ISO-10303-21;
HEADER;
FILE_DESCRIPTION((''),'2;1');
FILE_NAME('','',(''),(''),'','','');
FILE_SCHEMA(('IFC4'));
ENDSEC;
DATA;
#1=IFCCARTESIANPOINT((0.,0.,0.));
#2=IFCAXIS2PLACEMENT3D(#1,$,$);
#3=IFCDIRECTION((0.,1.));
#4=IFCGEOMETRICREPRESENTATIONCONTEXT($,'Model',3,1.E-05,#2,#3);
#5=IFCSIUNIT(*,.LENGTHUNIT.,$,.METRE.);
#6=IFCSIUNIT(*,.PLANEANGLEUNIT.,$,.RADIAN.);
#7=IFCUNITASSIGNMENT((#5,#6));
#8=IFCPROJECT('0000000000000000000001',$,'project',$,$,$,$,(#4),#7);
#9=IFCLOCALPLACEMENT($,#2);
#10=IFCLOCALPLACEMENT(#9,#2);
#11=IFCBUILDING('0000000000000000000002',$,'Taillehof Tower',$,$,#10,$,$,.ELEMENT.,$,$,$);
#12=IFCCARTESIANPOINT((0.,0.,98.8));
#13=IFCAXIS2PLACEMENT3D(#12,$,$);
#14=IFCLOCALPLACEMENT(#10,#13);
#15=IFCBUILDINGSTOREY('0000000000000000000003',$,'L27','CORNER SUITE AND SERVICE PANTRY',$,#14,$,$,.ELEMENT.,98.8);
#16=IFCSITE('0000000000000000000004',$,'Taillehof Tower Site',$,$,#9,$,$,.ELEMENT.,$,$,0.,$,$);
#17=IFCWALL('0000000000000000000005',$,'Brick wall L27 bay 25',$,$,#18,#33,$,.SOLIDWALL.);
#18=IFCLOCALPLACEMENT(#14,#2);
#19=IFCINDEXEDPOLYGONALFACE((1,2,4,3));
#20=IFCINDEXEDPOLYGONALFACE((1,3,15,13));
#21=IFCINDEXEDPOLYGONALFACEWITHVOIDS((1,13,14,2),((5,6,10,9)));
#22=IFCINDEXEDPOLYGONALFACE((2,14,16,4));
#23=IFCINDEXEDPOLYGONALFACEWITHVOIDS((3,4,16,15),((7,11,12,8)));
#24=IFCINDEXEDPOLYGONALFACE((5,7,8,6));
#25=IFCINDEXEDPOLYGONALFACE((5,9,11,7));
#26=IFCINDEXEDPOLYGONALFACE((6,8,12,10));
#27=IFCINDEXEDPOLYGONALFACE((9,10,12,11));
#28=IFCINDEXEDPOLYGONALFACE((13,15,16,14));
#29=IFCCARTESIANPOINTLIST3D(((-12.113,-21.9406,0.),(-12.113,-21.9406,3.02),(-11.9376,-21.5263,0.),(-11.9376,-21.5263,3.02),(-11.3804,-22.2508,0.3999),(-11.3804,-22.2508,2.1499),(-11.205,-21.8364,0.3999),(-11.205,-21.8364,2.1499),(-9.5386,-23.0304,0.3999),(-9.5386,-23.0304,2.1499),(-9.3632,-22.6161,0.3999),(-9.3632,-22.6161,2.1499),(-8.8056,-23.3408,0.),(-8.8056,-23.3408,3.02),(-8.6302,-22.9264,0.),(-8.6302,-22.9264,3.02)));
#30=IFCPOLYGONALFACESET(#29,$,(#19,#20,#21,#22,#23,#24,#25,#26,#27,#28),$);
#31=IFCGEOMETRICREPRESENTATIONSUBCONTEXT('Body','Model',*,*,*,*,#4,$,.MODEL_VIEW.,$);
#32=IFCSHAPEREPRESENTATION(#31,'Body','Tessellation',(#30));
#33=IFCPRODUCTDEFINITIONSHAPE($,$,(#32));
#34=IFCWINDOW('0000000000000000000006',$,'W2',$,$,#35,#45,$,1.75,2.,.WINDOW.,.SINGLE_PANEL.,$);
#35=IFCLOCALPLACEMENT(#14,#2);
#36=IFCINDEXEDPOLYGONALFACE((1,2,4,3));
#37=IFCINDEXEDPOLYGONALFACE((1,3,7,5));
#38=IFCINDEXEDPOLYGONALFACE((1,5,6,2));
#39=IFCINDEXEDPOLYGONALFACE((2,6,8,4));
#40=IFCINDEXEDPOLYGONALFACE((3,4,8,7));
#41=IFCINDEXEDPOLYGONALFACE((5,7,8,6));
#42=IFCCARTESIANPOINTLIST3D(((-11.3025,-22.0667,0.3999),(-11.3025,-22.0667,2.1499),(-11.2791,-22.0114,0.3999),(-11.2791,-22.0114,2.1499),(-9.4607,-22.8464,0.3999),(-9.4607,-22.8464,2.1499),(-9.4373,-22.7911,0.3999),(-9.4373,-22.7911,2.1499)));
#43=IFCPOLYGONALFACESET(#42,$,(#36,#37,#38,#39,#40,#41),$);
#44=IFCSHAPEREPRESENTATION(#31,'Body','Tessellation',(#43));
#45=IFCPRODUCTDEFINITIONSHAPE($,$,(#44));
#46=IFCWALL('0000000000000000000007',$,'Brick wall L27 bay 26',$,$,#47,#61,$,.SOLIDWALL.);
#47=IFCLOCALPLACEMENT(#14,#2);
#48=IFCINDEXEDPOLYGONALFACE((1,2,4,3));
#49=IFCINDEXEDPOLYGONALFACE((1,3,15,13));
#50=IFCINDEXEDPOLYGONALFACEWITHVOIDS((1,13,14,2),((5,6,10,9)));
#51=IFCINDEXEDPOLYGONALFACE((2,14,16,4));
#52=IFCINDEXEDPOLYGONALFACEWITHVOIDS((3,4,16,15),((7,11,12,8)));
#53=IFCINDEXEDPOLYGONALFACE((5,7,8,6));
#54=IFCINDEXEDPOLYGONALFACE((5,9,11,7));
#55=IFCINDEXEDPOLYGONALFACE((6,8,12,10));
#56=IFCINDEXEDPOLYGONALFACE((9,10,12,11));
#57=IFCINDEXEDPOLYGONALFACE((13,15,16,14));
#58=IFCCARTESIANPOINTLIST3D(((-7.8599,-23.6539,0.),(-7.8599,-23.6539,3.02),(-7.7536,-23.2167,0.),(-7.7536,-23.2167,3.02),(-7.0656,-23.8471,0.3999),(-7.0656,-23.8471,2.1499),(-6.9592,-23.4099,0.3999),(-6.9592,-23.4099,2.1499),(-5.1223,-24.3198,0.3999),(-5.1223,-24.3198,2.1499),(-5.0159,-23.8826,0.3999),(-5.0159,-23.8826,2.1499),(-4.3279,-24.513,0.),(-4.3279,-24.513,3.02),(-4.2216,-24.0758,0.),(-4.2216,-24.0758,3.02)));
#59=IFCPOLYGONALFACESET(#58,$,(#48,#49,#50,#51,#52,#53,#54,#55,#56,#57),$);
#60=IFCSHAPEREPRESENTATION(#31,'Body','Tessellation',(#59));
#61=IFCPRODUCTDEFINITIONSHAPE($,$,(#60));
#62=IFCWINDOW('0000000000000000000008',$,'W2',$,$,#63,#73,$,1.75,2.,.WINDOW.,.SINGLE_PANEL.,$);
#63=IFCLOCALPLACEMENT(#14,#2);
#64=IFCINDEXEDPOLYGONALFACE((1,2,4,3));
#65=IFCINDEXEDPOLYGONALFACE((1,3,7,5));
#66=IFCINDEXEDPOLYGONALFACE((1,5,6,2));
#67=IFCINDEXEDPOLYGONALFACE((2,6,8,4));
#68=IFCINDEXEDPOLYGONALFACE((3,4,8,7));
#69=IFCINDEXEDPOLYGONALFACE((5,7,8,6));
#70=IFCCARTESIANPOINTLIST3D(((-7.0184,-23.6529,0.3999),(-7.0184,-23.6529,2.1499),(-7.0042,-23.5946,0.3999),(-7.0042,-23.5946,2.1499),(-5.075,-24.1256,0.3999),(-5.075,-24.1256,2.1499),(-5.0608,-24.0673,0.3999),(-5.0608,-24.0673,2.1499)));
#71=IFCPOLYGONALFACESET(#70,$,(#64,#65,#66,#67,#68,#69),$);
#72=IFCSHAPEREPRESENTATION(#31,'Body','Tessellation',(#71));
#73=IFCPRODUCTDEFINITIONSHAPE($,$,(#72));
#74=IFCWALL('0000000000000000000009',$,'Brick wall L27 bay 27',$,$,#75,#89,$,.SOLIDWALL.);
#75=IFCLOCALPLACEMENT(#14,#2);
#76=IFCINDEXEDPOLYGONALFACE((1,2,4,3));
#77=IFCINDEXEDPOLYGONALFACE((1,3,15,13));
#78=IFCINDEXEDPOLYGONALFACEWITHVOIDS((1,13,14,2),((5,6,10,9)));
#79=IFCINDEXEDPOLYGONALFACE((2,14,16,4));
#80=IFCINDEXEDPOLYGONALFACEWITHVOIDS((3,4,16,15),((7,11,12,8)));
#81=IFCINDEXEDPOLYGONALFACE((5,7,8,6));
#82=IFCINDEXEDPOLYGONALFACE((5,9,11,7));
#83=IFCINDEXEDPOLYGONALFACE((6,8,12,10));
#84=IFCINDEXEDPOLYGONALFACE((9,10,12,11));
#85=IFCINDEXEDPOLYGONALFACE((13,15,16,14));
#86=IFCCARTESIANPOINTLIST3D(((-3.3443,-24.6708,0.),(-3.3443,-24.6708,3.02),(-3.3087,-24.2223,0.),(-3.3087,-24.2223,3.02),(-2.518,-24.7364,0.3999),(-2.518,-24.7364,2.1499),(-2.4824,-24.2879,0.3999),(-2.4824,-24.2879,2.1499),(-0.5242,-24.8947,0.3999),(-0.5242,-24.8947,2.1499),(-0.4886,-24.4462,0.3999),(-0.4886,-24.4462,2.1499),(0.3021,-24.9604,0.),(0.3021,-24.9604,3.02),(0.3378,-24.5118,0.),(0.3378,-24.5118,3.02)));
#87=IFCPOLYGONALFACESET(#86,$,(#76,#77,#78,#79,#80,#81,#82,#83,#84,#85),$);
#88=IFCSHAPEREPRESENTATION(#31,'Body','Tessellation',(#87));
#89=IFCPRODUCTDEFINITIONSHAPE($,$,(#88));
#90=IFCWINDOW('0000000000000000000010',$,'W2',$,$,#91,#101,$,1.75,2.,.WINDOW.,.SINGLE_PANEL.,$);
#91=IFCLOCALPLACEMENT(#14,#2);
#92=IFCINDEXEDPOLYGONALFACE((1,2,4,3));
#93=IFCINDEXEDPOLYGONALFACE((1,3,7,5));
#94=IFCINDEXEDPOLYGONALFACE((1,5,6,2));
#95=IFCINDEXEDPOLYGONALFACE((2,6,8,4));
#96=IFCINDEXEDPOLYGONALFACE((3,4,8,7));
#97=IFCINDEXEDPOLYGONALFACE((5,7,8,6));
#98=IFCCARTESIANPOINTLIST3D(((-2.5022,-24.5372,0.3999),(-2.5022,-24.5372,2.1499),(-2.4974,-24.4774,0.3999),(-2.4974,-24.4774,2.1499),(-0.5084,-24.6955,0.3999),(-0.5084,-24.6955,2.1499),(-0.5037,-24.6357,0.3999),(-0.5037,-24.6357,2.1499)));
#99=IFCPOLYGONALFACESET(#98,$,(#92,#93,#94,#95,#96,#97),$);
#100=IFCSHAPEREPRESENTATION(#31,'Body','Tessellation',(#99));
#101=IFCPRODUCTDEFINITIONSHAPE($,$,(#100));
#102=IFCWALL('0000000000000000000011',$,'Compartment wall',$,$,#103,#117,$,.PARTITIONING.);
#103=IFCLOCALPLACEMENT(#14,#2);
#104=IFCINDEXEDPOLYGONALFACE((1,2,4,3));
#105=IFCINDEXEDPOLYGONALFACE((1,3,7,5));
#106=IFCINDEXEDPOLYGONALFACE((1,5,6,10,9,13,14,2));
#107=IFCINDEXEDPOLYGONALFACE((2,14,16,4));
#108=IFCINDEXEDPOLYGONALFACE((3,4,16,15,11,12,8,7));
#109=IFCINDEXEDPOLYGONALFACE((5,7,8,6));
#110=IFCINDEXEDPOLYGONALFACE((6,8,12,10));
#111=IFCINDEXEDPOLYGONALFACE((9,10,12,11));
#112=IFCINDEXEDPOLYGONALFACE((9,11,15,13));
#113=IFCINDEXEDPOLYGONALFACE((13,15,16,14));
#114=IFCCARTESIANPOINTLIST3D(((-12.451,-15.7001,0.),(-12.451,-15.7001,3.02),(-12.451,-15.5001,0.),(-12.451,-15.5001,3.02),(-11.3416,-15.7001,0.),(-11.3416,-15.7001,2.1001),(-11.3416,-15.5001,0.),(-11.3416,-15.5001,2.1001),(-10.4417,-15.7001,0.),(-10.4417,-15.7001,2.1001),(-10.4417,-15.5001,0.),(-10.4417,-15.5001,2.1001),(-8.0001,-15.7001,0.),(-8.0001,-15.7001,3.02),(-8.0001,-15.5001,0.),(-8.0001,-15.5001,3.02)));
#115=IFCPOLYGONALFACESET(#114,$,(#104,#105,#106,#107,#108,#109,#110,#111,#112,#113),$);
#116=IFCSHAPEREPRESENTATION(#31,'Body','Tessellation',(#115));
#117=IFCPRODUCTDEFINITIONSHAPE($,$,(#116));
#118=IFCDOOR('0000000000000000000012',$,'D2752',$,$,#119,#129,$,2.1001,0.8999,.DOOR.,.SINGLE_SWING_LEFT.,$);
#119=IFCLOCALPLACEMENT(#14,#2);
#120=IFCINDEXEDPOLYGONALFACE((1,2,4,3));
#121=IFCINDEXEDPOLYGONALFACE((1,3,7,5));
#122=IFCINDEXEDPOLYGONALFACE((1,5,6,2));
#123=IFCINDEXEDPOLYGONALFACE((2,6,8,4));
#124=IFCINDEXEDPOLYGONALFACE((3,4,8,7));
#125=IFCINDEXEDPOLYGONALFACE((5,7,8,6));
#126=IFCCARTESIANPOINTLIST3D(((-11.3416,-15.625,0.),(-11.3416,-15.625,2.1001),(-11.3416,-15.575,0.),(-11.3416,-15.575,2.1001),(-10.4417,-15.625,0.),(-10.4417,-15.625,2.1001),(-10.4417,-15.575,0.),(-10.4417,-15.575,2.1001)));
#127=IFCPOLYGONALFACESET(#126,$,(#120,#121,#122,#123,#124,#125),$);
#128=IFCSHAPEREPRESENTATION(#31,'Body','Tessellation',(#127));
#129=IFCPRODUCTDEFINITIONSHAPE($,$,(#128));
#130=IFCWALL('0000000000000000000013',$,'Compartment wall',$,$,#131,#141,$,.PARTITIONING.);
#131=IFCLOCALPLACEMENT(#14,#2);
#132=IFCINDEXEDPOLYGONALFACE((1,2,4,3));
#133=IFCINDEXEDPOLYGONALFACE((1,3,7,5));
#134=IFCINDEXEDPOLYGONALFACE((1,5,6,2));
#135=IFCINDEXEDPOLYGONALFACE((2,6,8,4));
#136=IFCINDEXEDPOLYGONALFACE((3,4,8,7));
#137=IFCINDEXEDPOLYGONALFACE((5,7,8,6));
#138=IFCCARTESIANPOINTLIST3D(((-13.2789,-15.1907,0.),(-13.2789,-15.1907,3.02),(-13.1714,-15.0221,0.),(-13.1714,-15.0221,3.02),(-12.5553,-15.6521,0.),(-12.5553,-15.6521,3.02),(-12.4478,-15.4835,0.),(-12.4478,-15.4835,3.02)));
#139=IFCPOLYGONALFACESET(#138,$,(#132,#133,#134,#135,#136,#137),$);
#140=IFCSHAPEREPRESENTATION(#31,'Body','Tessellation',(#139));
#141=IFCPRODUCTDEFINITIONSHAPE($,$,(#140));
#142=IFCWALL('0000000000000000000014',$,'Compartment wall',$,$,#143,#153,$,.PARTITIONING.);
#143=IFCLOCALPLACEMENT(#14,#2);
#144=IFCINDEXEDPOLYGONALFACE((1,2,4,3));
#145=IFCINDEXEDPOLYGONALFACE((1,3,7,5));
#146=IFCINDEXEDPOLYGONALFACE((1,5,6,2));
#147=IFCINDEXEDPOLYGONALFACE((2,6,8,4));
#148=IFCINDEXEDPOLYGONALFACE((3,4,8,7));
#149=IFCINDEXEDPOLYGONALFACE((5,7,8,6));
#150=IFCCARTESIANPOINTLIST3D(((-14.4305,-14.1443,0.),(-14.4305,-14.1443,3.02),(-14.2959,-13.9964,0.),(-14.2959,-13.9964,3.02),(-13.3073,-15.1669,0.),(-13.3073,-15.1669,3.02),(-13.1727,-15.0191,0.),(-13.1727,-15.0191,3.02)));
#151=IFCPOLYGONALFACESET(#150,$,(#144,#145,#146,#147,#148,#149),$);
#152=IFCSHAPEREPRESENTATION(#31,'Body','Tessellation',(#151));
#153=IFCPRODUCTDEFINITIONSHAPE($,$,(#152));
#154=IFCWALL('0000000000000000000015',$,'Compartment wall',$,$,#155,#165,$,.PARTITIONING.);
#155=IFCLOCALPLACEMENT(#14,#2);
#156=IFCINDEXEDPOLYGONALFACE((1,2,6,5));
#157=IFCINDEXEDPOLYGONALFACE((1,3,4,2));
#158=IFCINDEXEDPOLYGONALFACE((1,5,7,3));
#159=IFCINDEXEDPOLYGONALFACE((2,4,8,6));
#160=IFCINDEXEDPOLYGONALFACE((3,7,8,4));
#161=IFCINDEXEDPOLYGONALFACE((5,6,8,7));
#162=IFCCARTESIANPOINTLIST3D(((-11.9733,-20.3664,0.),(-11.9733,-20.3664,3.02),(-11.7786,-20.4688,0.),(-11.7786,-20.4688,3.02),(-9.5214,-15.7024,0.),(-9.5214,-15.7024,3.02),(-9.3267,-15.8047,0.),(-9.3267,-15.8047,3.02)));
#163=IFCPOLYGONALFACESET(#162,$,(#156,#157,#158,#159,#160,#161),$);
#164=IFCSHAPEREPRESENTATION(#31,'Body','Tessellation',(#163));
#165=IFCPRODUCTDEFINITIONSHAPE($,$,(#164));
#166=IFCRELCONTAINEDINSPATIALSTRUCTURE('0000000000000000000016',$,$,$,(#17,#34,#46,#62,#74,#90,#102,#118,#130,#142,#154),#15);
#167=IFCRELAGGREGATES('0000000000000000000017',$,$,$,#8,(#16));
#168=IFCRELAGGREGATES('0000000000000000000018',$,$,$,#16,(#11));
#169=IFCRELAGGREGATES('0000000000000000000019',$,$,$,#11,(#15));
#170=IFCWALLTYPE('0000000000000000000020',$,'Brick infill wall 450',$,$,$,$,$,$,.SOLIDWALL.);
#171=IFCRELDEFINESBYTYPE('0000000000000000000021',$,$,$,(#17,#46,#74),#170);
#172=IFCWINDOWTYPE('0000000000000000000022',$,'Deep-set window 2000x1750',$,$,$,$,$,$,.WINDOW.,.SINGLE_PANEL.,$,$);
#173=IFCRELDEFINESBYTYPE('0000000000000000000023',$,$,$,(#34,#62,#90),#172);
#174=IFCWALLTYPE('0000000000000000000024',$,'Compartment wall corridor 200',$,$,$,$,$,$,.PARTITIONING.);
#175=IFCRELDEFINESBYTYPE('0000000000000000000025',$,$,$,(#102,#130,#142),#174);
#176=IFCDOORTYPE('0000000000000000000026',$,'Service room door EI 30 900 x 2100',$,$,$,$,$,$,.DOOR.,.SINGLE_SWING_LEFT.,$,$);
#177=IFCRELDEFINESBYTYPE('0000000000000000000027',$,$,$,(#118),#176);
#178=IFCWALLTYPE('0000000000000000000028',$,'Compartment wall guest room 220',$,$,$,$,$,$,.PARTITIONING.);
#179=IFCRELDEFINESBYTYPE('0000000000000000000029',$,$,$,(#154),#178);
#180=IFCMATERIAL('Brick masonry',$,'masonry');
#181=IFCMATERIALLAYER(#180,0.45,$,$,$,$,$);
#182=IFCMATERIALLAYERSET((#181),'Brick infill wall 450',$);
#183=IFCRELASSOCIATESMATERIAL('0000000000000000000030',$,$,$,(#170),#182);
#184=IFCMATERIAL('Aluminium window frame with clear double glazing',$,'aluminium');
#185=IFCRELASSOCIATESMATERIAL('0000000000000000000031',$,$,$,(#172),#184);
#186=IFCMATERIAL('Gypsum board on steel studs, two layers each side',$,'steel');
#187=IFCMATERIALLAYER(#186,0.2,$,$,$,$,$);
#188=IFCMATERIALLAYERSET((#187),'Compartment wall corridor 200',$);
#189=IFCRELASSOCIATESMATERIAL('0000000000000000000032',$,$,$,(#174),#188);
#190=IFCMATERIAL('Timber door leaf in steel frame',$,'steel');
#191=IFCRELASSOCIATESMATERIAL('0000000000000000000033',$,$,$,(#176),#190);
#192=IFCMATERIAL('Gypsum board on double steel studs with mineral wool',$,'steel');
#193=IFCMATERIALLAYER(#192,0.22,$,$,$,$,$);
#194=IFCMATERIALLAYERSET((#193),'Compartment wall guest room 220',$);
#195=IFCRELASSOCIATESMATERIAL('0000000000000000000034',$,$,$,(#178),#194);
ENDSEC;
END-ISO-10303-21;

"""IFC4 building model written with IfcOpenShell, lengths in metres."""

from ifc_helpers import new_model, si_unit, direction, frame, frame_2d, origin, place, context, subcontext, project, spatial, rectangle, extrude, material, layer, layer_set, type_object, element, fill, save


model = new_model("IFC4")

# Units and contexts
model_context = context("Model", 3, precision=1e-05, world=origin(), true_north=direction((0.0, 1.0)))
body_context = subcontext(model_context, "Body", "Model", "MODEL_VIEW")
ifc_project = project(units=[si_unit("LENGTHUNIT", "METRE"), si_unit("PLANEANGLEUNIT", "RADIAN")], contexts=[model_context])

# Site, building, storey
site_placement = place(None, origin())
site = spatial("IfcSite", under=ifc_project, at=site_placement, Name="Taillehof Tower Site", CompositionType="ELEMENT", RefElevation=0.0)
building_placement = place(site_placement, origin())
building = spatial("IfcBuilding", under=site, at=building_placement, Name="Taillehof Tower", CompositionType="ELEMENT")
storey_placement = place(building_placement, frame((0.0, 0.0, 98.8)))
storey = spatial("IfcBuildingStorey", under=building, at=storey_placement, Name="L27", Description="CORNER SUITE AND SERVICE PANTRY", CompositionType="ELEMENT", Elevation=98.8)

# Walls, openings, windows
ifc_material_1 = material(Name="Brick masonry", Category="masonry")
ifc_layer_1 = layer(ifc_material_1, 0.45)
ifc_layer_set_1 = layer_set([ifc_layer_1], Name="Brick infill wall 450")
wall_type_1 = type_object("IfcWallType", Name="Brick infill wall 450", PredefinedType="SOLIDWALL", material=ifc_layer_set_1)
wall_1_placement = place(storey_placement, frame((-12.0254, -21.7334, 0.0), z_axis=(0.0, 0.0, 1.0), x_axis=(0.92088, -0.389846, 0.0)))
wall_1 = element("IfcWall", 1, at=wall_1_placement, inside=storey, type_object=wall_type_1, Name="Brick wall L27 bay 25", PredefinedType="SOLIDWALL", context=body_context, shape_type="SweptSolid", body=[
    extrude(rectangle(XDim=3.5916, YDim=0.45, at=frame_2d((1.7959, 0.0))), origin(), (0.0, 0.0, 1.0), 3.02),
])
opening_1_placement = place(wall_1_placement, frame((0.7957, 0.0, 0.3999)))
opening_1 = element("IfcOpeningElement", 2, at=opening_1_placement, cuts=wall_1, PredefinedType="OPENING", context=body_context, shape_type="SweptSolid", body=[
    extrude(rectangle(XDim=2.0, YDim=1.75, at=frame_2d((1.0, 0.875))), frame((0.0, 0.2349, 0.0), z_axis=(0.0, -1.0, 0.0), x_axis=(1.0, 0.0, 0.0)), (0.0, 0.0, 1.0), 0.47),
])
ifc_material_2 = material(Name="Aluminium window frame with clear double glazing", Category="aluminium")
window_type = type_object("IfcWindowType", Name="Deep-set window 2000x1750", PartitioningType="SINGLE_PANEL", PredefinedType="WINDOW", material=ifc_material_2)
window_1_placement = place(opening_1_placement, origin())
window_1 = element("IfcWindow", 3, at=window_1_placement, inside=storey, type_object=window_type, Name="W2", OverallHeight=1.75, OverallWidth=2.0, PartitioningType="SINGLE_PANEL", PredefinedType="WINDOW", context=body_context, shape_type="SweptSolid", body=[
    extrude(rectangle(XDim=2.0, YDim=1.75, at=frame_2d((1.0, 0.875))), frame((0.0, 0.0349, 0.0), z_axis=(0.0, -1.0, 0.0), x_axis=(1.0, 0.0, 0.0)), (0.0, 0.0, 1.0), 0.0601),
])
fill(opening_1, window_1)
wall_2_placement = place(storey_placement, frame((-7.8066, -23.4353, 0.0), z_axis=(0.0, 0.0, 1.0), x_axis=(0.971668, -0.236352, 0.0)))
wall_2 = element("IfcWall", 4, at=wall_2_placement, inside=storey, type_object=wall_type_1, Name="Brick wall L27 bay 26", PredefinedType="SOLIDWALL", context=body_context, shape_type="SweptSolid", body=[
    extrude(rectangle(XDim=3.635, YDim=0.45, at=frame_2d((1.8174, 0.0))), origin(), (0.0, 0.0, 1.0), 3.02),
])
opening_2_placement = place(wall_2_placement, frame((0.8174, 0.0, 0.3999)))
opening_2 = element("IfcOpeningElement", 5, at=opening_2_placement, cuts=wall_2, PredefinedType="OPENING", context=body_context, shape_type="SweptSolid", body=[
    extrude(rectangle(XDim=2.0, YDim=1.75, at=frame_2d((1.0, 0.875))), frame((0.0, 0.2349, 0.0), z_axis=(0.0, -1.0, 0.0), x_axis=(1.0, 0.0, 0.0)), (0.0, 0.0, 1.0), 0.47),
])
window_2_placement = place(opening_2_placement, origin())
window_2 = element("IfcWindow", 6, at=window_2_placement, inside=storey, type_object=window_type, Name="W2", OverallHeight=1.75, OverallWidth=2.0, PartitioningType="SINGLE_PANEL", PredefinedType="WINDOW", context=body_context, shape_type="SweptSolid", body=[
    extrude(rectangle(XDim=2.0, YDim=1.75, at=frame_2d((1.0, 0.875))), frame((0.0, 0.0349, 0.0), z_axis=(0.0, -1.0, 0.0), x_axis=(1.0, 0.0, 0.0)), (0.0, 0.0, 1.0), 0.0601),
])
fill(opening_2, window_2)
wall_3_placement = place(storey_placement, frame((-3.3267, -24.4465, 0.0), z_axis=(0.0, 0.0, 1.0), x_axis=(0.996862, -0.079156, 0.0)))
wall_3 = element("IfcWall", 7, at=wall_3_placement, inside=storey, type_object=wall_type_1, Name="Brick wall L27 bay 27", PredefinedType="SOLIDWALL", context=body_context, shape_type="SweptSolid", body=[
    extrude(rectangle(XDim=3.658, YDim=0.45, at=frame_2d((1.8291, 0.0))), origin(), (0.0, 0.0, 1.0), 3.02),
])
opening_3_placement = place(wall_3_placement, frame((0.8291, 0.0, 0.3999)))
opening_3 = element("IfcOpeningElement", 8, at=opening_3_placement, cuts=wall_3, PredefinedType="OPENING", context=body_context, shape_type="SweptSolid", body=[
    extrude(rectangle(XDim=2.0, YDim=1.75, at=frame_2d((1.0, 0.875))), frame((0.0, 0.2349, 0.0), z_axis=(0.0, -1.0, 0.0), x_axis=(1.0, 0.0, 0.0)), (0.0, 0.0, 1.0), 0.47),
])
window_3_placement = place(opening_3_placement, origin())
window_3 = element("IfcWindow", 9, at=window_3_placement, inside=storey, type_object=window_type, Name="W2", OverallHeight=1.75, OverallWidth=2.0, PartitioningType="SINGLE_PANEL", PredefinedType="WINDOW", context=body_context, shape_type="SweptSolid", body=[
    extrude(rectangle(XDim=2.0, YDim=1.75, at=frame_2d((1.0, 0.875))), frame((0.0, 0.0349, 0.0), z_axis=(0.0, -1.0, 0.0), x_axis=(1.0, 0.0, 0.0)), (0.0, 0.0, 1.0), 0.0601),
])
fill(opening_3, window_3)

# Wall, opening, door
ifc_material_3 = material(Name="Gypsum board on steel studs, two layers each side", Category="steel")
ifc_layer_2 = layer(ifc_material_3, 0.2)
ifc_layer_set_2 = layer_set([ifc_layer_2], Name="Compartment wall corridor 200")
wall_type_2 = type_object("IfcWallType", Name="Compartment wall corridor 200", PredefinedType="PARTITIONING", material=ifc_layer_set_2)
wall_4_placement = place(storey_placement, frame((-8.0, -15.6001, 0.0), z_axis=(0.0, 0.0, 1.0), x_axis=(-1.0, 0.0, 0.0)))
wall_4 = element("IfcWall", 10, at=wall_4_placement, inside=storey, type_object=wall_type_2, Name="Compartment wall", PredefinedType="PARTITIONING", context=body_context, shape_type="SweptSolid", body=[
    extrude(rectangle(XDim=4.4509, YDim=0.2, at=frame_2d((2.2256, 0.0))), origin(), (0.0, 0.0, 1.0), 3.02),
])
opening_4_placement = place(wall_4_placement, frame((2.4417, 0.0, 0.0)))
opening_4 = element("IfcOpeningElement", 11, at=opening_4_placement, cuts=wall_4, PredefinedType="OPENING", context=body_context, shape_type="SweptSolid", body=[
    extrude(rectangle(XDim=0.8999, YDim=2.1001, at=frame_2d((0.45, 1.05))), frame((0.0, 0.1099, 0.0), z_axis=(0.0, -1.0, 0.0), x_axis=(1.0, 0.0, 0.0)), (0.0, 0.0, 1.0), 0.22),
])
ifc_material_4 = material(Name="Timber door leaf in steel frame", Category="steel")
door_type_1 = type_object("IfcDoorType", Name="Service room door EI 30 900 x 2100", OperationType="SINGLE_SWING_LEFT", PredefinedType="DOOR", material=ifc_material_4)
door_1_placement = place(opening_4_placement, origin())
door_1 = element("IfcDoor", 12, at=door_1_placement, inside=storey, type_object=door_type_1, Name="D2752", OperationType="SINGLE_SWING_LEFT", OverallHeight=2.1001, OverallWidth=0.8999, PredefinedType="DOOR", context=body_context, shape_type="SweptSolid", body=[
    extrude(rectangle(XDim=0.8999, YDim=2.1001, at=frame_2d((0.45, 1.05))), frame((0.0, 0.0249, 0.0), z_axis=(0.0, -1.0, 0.0), x_axis=(1.0, 0.0, 0.0)), (0.0, 0.0, 1.0), 0.05),
])
fill(opening_4, door_1)

# Walls
wall_5_placement = place(storey_placement, frame((-12.5015, -15.5679, 0.0), z_axis=(0.0, 0.0, 1.0), x_axis=(-0.843169, 0.537648, 0.0)))
element("IfcWall", 13, at=wall_5_placement, inside=storey, type_object=wall_type_2, Name="Compartment wall", PredefinedType="PARTITIONING", context=body_context, shape_type="SweptSolid", body=[
    extrude(rectangle(XDim=0.8582, YDim=0.2, at=frame_2d((0.4292, 0.0))), origin(), (0.0, 0.0, 1.0), 3.02),
])
wall_6_placement = place(storey_placement, frame((-13.24, -15.093, 0.0), z_axis=(0.0, 0.0, 1.0), x_axis=(-0.739438, 0.673225, 0.0)))
element("IfcWall", 14, at=wall_6_placement, inside=storey, type_object=wall_type_2, Name="Compartment wall", PredefinedType="PARTITIONING", context=body_context, shape_type="SweptSolid", body=[
    extrude(rectangle(XDim=1.519, YDim=0.2, at=frame_2d((0.7595, 0.0))), origin(), (0.0, 0.0, 1.0), 3.02),
])
ifc_material_5 = material(Name="Gypsum board on double steel studs with mineral wool", Category="steel")
ifc_layer_3 = layer(ifc_material_5, 0.22)
ifc_layer_set_3 = layer_set([ifc_layer_3], Name="Compartment wall guest room 220")
wall_type_3 = type_object("IfcWallType", Name="Compartment wall guest room 220", PredefinedType="PARTITIONING", material=ifc_layer_set_3)
wall_7_placement = place(storey_placement, frame((-11.876, -20.4177, 0.0), z_axis=(0.0, 0.0, 1.0), x_axis=(0.465321, 0.885142, 0.0)))
element("IfcWall", 15, at=wall_7_placement, inside=storey, type_object=wall_type_3, Name="Compartment wall", PredefinedType="PARTITIONING", context=body_context, shape_type="SweptSolid", body=[
    extrude(rectangle(XDim=5.2693, YDim=0.22, at=frame_2d((2.6348, 0.0))), origin(), (0.0, 0.0, 1.0), 3.02),
])

save(model, "model.ifc")
